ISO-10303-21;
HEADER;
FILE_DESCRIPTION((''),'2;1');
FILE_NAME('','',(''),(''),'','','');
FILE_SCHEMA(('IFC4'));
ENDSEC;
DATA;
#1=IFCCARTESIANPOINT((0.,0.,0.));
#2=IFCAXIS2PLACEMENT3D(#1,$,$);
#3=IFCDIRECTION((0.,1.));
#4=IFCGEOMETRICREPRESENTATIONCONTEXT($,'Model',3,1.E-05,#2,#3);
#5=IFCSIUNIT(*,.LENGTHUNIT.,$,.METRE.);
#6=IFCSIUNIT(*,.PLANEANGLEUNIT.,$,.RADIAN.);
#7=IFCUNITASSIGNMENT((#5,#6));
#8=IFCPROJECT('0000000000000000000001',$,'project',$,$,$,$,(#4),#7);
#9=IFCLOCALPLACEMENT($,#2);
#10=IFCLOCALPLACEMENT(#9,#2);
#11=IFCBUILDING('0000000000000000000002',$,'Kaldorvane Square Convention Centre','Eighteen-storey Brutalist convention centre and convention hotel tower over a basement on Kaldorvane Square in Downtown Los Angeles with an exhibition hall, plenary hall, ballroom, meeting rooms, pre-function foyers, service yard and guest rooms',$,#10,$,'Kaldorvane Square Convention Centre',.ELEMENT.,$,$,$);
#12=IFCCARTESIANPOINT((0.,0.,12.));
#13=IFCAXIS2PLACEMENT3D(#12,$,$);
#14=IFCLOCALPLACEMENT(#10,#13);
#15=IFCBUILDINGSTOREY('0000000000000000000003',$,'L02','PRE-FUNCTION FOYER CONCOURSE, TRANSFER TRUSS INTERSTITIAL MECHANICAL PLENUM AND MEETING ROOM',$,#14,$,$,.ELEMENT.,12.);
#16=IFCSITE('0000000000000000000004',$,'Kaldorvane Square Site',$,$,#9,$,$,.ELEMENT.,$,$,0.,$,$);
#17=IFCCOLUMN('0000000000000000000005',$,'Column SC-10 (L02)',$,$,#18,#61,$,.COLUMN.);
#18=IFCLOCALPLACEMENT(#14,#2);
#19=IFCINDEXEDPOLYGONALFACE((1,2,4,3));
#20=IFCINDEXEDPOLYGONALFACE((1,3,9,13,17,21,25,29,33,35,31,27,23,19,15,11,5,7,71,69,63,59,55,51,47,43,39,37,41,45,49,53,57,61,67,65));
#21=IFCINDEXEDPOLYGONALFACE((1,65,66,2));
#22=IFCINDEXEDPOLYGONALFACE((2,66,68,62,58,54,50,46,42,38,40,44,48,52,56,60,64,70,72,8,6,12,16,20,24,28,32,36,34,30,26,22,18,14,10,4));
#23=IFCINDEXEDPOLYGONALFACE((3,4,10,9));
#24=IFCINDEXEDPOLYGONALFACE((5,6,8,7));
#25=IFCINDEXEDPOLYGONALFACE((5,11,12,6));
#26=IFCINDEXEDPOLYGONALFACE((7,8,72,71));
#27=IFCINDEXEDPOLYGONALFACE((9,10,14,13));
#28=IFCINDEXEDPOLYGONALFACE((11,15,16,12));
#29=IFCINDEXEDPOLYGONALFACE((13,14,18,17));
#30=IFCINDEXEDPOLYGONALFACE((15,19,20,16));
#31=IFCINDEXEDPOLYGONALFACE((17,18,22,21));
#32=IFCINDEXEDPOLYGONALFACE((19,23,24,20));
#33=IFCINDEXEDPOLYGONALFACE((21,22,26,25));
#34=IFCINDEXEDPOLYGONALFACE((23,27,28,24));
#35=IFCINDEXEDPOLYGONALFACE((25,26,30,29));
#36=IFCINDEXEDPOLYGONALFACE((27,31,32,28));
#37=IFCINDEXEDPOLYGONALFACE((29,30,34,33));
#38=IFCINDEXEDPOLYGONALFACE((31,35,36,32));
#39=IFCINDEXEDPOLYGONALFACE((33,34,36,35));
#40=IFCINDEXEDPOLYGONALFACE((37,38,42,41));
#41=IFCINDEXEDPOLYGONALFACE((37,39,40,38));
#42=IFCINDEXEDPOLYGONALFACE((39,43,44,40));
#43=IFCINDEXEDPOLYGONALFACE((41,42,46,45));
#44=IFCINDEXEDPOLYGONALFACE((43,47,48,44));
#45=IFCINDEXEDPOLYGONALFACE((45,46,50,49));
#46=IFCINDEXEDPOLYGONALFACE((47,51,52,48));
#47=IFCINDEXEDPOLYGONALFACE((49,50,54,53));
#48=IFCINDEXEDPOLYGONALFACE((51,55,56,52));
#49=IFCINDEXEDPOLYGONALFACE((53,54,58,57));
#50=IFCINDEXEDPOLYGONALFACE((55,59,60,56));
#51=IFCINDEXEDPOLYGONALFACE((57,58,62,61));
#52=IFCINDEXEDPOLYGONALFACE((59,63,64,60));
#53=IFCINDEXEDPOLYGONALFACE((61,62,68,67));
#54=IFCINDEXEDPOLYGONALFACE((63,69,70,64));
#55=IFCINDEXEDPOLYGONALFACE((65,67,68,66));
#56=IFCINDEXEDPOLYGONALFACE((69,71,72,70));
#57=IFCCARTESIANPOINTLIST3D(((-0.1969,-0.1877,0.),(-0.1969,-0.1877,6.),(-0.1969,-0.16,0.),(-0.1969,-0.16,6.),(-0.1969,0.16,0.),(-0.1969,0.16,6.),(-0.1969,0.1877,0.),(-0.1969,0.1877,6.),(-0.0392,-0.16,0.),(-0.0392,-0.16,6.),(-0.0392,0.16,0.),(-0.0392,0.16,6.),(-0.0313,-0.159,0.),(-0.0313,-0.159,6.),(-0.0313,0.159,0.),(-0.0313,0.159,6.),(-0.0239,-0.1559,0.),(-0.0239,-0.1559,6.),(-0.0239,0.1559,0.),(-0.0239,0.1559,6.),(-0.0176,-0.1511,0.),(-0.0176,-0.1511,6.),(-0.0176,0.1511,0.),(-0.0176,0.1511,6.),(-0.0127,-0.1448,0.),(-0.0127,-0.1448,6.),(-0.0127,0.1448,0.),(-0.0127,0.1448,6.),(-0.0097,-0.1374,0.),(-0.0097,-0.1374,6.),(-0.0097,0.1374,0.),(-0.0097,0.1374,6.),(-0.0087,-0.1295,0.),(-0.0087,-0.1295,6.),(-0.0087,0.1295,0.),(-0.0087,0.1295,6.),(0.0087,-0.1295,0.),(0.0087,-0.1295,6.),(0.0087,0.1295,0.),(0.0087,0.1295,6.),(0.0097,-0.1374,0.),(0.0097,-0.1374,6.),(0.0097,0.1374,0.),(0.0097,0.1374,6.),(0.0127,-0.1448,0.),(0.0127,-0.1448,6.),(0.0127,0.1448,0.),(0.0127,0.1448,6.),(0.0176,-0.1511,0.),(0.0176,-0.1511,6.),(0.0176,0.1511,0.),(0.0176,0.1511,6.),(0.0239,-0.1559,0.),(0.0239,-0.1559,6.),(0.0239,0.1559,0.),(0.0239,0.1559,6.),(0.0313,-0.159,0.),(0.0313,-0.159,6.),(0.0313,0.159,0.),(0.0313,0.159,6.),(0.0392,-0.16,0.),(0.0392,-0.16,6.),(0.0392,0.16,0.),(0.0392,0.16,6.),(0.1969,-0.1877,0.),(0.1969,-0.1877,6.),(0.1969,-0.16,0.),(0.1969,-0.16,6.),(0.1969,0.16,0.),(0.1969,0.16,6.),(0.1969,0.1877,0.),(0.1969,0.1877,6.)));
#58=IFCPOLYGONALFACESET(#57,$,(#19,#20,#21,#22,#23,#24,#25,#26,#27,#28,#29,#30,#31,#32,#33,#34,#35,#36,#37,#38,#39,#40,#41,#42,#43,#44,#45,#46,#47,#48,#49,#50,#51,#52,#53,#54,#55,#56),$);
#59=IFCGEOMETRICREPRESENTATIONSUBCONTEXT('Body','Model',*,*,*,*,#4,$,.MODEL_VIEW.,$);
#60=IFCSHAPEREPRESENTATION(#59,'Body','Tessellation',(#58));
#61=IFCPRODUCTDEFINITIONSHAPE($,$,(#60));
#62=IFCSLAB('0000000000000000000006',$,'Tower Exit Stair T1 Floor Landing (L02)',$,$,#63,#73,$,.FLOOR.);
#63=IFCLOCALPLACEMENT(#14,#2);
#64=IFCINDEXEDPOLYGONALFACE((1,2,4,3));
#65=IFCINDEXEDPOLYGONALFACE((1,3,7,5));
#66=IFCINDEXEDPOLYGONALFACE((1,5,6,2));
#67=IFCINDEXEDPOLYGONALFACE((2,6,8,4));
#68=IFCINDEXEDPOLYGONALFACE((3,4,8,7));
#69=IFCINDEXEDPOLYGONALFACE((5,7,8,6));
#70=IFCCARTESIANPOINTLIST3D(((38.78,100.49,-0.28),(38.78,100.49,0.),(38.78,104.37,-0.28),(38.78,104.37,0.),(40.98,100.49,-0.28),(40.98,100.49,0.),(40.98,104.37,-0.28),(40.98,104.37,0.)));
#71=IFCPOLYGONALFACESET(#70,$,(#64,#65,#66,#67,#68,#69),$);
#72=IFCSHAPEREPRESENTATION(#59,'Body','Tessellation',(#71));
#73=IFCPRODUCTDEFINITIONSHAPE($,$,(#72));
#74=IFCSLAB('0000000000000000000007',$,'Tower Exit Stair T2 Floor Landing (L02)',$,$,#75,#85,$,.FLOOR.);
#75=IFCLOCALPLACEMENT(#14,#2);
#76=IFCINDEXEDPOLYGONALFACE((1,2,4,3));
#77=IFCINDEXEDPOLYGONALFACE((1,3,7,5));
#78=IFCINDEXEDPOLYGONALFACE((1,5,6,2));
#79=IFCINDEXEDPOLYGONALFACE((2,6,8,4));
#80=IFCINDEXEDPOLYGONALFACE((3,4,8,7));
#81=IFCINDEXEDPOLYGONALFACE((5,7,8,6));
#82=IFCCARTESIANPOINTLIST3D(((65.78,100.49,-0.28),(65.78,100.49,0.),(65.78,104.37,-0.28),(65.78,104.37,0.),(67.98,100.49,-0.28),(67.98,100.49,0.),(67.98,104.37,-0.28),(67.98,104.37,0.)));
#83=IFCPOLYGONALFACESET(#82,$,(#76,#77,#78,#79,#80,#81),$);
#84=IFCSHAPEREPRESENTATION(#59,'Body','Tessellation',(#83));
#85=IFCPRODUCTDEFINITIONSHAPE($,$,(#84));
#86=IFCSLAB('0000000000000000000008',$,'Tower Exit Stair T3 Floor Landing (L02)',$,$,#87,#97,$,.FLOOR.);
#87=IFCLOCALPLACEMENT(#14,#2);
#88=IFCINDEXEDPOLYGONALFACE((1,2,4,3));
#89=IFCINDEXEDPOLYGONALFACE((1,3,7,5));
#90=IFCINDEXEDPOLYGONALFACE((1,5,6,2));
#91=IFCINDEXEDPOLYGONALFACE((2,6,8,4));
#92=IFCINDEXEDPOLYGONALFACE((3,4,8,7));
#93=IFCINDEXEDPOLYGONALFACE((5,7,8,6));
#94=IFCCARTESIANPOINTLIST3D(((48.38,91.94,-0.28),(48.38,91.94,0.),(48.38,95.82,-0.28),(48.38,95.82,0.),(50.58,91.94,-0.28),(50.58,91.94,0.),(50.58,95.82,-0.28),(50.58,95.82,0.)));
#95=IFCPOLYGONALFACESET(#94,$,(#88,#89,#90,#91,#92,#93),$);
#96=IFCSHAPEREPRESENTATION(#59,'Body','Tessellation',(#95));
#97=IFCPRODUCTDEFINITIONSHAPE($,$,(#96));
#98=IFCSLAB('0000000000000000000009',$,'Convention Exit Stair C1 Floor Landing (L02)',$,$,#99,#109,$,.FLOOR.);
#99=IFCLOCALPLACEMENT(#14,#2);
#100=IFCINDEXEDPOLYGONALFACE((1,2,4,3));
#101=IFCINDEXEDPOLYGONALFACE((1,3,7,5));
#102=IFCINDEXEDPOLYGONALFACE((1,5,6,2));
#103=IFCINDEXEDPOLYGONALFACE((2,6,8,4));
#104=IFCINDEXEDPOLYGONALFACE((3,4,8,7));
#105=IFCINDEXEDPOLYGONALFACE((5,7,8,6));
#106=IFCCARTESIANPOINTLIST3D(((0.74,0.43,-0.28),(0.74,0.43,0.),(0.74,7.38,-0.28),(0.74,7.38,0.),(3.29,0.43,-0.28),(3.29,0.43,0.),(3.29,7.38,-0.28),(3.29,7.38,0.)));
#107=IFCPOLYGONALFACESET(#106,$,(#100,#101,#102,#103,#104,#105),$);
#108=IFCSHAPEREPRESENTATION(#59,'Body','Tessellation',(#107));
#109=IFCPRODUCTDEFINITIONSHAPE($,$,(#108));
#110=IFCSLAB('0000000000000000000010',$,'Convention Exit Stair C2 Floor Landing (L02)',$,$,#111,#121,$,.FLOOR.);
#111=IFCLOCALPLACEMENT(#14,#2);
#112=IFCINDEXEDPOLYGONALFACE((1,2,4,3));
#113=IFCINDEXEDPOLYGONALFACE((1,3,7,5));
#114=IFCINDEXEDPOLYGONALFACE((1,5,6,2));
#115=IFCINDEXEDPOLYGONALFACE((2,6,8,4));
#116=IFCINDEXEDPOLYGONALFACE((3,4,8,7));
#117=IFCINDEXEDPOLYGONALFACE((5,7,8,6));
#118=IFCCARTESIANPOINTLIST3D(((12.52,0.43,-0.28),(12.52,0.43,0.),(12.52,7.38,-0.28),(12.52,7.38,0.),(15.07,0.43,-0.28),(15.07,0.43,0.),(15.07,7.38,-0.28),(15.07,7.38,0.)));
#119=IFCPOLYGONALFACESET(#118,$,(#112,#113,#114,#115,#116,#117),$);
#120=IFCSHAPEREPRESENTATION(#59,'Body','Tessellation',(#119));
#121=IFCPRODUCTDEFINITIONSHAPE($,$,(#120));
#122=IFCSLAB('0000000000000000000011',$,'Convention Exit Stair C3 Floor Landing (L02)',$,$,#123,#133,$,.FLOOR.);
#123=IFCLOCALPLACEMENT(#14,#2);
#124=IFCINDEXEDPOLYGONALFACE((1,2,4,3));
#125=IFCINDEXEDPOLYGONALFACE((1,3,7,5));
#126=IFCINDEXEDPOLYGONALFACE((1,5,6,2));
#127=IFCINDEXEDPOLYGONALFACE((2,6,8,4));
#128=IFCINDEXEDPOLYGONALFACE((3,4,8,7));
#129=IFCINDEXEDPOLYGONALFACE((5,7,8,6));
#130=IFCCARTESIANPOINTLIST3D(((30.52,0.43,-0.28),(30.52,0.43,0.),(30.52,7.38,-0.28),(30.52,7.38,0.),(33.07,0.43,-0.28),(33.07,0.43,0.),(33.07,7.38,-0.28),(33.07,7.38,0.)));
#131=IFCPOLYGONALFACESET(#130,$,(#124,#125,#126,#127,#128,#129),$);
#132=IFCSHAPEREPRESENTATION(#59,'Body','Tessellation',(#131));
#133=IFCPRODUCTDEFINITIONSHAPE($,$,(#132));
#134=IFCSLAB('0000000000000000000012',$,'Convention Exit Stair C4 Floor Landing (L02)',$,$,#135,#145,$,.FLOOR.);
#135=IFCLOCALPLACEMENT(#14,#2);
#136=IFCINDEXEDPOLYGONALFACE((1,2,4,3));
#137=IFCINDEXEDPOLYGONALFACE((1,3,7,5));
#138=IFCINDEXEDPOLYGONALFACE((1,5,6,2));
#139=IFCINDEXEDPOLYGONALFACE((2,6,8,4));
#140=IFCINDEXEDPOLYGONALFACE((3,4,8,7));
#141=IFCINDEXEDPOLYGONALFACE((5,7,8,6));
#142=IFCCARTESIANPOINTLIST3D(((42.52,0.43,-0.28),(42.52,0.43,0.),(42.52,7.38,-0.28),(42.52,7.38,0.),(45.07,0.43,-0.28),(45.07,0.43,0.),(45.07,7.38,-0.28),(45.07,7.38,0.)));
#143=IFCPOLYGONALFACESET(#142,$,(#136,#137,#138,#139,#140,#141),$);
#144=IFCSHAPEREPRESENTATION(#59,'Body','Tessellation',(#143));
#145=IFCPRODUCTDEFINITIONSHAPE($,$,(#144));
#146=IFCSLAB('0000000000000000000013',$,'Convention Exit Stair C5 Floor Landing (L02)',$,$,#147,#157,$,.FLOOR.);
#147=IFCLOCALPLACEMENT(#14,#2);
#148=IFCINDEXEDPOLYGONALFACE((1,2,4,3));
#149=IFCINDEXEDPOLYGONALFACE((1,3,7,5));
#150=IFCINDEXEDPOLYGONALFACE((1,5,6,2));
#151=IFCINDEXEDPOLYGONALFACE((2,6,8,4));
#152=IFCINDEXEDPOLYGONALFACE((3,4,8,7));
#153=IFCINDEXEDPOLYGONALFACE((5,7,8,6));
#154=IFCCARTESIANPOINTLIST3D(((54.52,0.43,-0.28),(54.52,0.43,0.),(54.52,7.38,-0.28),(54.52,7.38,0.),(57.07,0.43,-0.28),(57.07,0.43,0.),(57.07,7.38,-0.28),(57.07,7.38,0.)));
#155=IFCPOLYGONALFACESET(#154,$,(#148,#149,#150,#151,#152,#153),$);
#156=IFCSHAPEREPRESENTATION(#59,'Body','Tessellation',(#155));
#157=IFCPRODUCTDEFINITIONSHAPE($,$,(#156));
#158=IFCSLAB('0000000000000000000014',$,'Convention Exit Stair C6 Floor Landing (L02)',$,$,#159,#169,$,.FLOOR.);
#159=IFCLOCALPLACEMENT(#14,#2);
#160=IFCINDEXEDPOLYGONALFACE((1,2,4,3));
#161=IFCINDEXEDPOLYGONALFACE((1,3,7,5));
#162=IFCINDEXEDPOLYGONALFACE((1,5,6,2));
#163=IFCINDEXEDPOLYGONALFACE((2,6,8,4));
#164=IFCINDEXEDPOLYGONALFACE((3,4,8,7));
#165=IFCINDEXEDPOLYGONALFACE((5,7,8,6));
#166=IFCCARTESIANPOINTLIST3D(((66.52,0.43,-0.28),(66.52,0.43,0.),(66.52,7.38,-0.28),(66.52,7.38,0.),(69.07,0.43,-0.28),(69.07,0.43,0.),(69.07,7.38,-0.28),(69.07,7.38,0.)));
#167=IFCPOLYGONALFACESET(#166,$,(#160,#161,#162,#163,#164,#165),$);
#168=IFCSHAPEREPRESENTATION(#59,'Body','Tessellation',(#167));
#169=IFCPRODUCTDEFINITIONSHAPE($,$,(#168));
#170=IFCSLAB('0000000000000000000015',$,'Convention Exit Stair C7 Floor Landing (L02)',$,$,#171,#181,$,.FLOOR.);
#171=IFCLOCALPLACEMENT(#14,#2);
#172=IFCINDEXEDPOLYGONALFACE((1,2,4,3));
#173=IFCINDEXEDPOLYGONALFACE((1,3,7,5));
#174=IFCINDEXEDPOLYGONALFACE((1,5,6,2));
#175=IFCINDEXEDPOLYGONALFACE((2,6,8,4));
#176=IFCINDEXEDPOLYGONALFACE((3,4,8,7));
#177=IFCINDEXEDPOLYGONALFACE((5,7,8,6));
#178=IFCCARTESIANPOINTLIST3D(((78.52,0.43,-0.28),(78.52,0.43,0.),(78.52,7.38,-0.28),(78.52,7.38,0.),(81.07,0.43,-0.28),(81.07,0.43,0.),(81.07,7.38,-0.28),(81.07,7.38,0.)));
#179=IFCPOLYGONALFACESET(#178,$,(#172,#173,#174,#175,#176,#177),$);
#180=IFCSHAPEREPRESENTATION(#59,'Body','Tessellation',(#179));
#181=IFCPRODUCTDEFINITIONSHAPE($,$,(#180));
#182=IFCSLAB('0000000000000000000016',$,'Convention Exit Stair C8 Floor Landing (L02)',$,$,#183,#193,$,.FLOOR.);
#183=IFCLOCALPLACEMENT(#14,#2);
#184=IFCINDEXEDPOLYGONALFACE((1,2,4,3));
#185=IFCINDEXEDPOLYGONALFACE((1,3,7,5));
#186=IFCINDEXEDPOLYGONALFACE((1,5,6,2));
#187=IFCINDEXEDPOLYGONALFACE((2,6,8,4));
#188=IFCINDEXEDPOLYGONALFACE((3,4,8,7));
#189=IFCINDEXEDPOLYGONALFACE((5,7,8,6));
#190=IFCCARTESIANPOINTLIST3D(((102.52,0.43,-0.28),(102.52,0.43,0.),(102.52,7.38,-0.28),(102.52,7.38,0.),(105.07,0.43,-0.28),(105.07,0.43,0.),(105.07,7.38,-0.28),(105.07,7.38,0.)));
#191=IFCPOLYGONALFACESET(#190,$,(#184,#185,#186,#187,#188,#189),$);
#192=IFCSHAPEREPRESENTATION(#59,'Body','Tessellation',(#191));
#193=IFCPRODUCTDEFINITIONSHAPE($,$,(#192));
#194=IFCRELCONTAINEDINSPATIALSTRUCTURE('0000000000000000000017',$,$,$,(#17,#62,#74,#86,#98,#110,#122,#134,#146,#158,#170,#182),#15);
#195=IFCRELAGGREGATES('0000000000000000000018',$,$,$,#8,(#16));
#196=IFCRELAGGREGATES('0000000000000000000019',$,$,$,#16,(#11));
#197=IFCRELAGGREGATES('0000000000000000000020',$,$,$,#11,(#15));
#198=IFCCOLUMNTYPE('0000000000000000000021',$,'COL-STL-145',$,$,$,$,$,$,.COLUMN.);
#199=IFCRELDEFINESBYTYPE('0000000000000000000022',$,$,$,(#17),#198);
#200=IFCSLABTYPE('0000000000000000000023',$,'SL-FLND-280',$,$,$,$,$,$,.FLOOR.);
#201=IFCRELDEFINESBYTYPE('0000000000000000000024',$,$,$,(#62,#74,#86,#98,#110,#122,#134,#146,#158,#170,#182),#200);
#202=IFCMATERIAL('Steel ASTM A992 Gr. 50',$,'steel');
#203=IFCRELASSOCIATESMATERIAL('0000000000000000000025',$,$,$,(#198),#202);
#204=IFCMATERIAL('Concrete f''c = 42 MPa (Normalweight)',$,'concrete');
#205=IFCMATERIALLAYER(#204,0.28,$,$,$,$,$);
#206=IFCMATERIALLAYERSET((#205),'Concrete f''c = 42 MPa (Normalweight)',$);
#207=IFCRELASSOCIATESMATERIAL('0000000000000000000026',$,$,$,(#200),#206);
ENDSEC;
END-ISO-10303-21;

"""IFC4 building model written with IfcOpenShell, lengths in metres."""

from ifc_helpers import new_model, si_unit, direction, frame, origin, origin_with_axes, origin_2d, place, context, subcontext, project, spatial, polyline, i_section, outline, extrude, material, layer, layer_set, material_profile, profile_set, type_object, element, save


model = new_model("IFC4")

# Units and contexts
model_context = context("Model", 3, precision=1e-05, world=origin(), true_north=direction((0.0, 1.0)))
body_context = subcontext(model_context, "Body", "Model", "MODEL_VIEW")
ifc_project = project(units=[si_unit("LENGTHUNIT", "METRE"), si_unit("PLANEANGLEUNIT", "RADIAN")], contexts=[model_context])

# Site, building, storey
site_placement = place(None, origin())
site = spatial("IfcSite", under=ifc_project, at=site_placement, Name="Kaldorvane Square Site", CompositionType="ELEMENT", RefElevation=0.0)
building_placement = place(site_placement, origin())
building = spatial("IfcBuilding", under=site, at=building_placement, Name="Kaldorvane Square Convention Centre", Description="Eighteen-storey Brutalist convention centre and convention hotel tower over a basement on Kaldorvane Square in Downtown Los Angeles with an exhibition hall, plenary hall, ballroom, meeting rooms, pre-function foyers, service yard and guest rooms", LongName="Kaldorvane Square Convention Centre", CompositionType="ELEMENT")
storey_placement = place(building_placement, frame((0.0, 0.0, 12.0)))
storey = spatial("IfcBuildingStorey", under=building, at=storey_placement, Name="L02", Description="PRE-FUNCTION FOYER CONCOURSE, TRANSFER TRUSS INTERSTITIAL MECHANICAL PLENUM AND MEETING ROOM", CompositionType="ELEMENT", Elevation=12.0)

# Column
ifc_material_1 = material(Name="Steel ASTM A992 Gr. 50", Category="steel")
ifc_material_profile = material_profile(ifc_material_1, i_section(OverallWidth=0.3937, OverallDepth=0.3754, WebThickness=0.0173, FlangeThickness=0.0277, FilletRadius=0.0305, at=origin_2d()), Name="W14X145")
ifc_profile_set = profile_set([ifc_material_profile], Name="Steel ASTM A992 Gr. 50")
column_type = type_object("IfcColumnType", Name="COL-STL-145", PredefinedType="COLUMN", material=ifc_profile_set)
column_placement = place(storey_placement, origin_with_axes())
element("IfcColumn", 1, at=column_placement, inside=storey, type_object=column_type, Name="Column SC-10 (L02)", PredefinedType="COLUMN", context=body_context, shape_type="SweptSolid", body=[
    extrude(i_section(OverallWidth=0.3937, OverallDepth=0.3754, WebThickness=0.0173, FlangeThickness=0.0277, FilletRadius=0.0305, at=origin_2d()), origin(), (0.0, 0.0, 1.0), 6.0),
])

# Slabs
ifc_material_2 = material(Name="Concrete f'c = 42 MPa (Normalweight)", Category="concrete")
ifc_layer_1 = layer(ifc_material_2, 0.28)
ifc_layer_set_1 = layer_set([ifc_layer_1], Name="Concrete f'c = 42 MPa (Normalweight)")
slab_type_1 = type_object("IfcSlabType", Name="SL-FLND-280", PredefinedType="FLOOR", material=ifc_layer_set_1)
slab_1_placement = place(storey_placement, frame((0.0, 0.0, -0.28)))
element("IfcSlab", 2, at=slab_1_placement, inside=storey, type_object=slab_type_1, Name="Tower Exit Stair T1 Floor Landing (L02)", PredefinedType="FLOOR", context=body_context, shape_type="SweptSolid", body=[
    extrude(outline(polyline([(38.78, 100.49), (40.98, 100.49), (40.98, 104.37), (38.78, 104.37), (38.78, 100.49)])), origin(), (0.0, 0.0, 1.0), 0.28),
])
slab_2_placement = place(storey_placement, frame((0.0, 0.0, -0.28)))
element("IfcSlab", 3, at=slab_2_placement, inside=storey, type_object=slab_type_1, Name="Tower Exit Stair T2 Floor Landing (L02)", PredefinedType="FLOOR", context=body_context, shape_type="SweptSolid", body=[
    extrude(outline(polyline([(65.78, 100.49), (67.98, 100.49), (67.98, 104.37), (65.78, 104.37), (65.78, 100.49)])), origin(), (0.0, 0.0, 1.0), 0.28),
])
slab_3_placement = place(storey_placement, frame((0.0, 0.0, -0.28)))
element("IfcSlab", 4, at=slab_3_placement, inside=storey, type_object=slab_type_1, Name="Tower Exit Stair T3 Floor Landing (L02)", PredefinedType="FLOOR", context=body_context, shape_type="SweptSolid", body=[
    extrude(outline(polyline([(48.38, 91.94), (50.58, 91.94), (50.58, 95.82), (48.38, 95.82), (48.38, 91.94)])), origin(), (0.0, 0.0, 1.0), 0.28),
])
slab_4_placement = place(storey_placement, frame((0.0, 0.0, -0.28)))
element("IfcSlab", 5, at=slab_4_placement, inside=storey, type_object=slab_type_1, Name="Convention Exit Stair C1 Floor Landing (L02)", PredefinedType="FLOOR", context=body_context, shape_type="SweptSolid", body=[
    extrude(outline(polyline([(0.74, 0.43), (3.29, 0.43), (3.29, 7.38), (0.74, 7.38), (0.74, 0.43)])), origin(), (0.0, 0.0, 1.0), 0.28),
])
slab_5_placement = place(storey_placement, frame((0.0, 0.0, -0.28)))
element("IfcSlab", 6, at=slab_5_placement, inside=storey, type_object=slab_type_1, Name="Convention Exit Stair C2 Floor Landing (L02)", PredefinedType="FLOOR", context=body_context, shape_type="SweptSolid", body=[
    extrude(outline(polyline([(12.52, 0.43), (15.07, 0.43), (15.07, 7.38), (12.52, 7.38), (12.52, 0.43)])), origin(), (0.0, 0.0, 1.0), 0.28),
])
slab_6_placement = place(storey_placement, frame((0.0, 0.0, -0.28)))
element("IfcSlab", 7, at=slab_6_placement, inside=storey, type_object=slab_type_1, Name="Convention Exit Stair C3 Floor Landing (L02)", PredefinedType="FLOOR", context=body_context, shape_type="SweptSolid", body=[
    extrude(outline(polyline([(30.52, 0.43), (33.07, 0.43), (33.07, 7.38), (30.52, 7.38), (30.52, 0.43)])), origin(), (0.0, 0.0, 1.0), 0.28),
])
slab_7_placement = place(storey_placement, frame((0.0, 0.0, -0.28)))
element("IfcSlab", 8, at=slab_7_placement, inside=storey, type_object=slab_type_1, Name="Convention Exit Stair C4 Floor Landing (L02)", PredefinedType="FLOOR", context=body_context, shape_type="SweptSolid", body=[
    extrude(outline(polyline([(42.52, 0.43), (45.07, 0.43), (45.07, 7.38), (42.52, 7.38), (42.52, 0.43)])), origin(), (0.0, 0.0, 1.0), 0.28),
])
slab_8_placement = place(storey_placement, frame((0.0, 0.0, -0.28)))
element("IfcSlab", 9, at=slab_8_placement, inside=storey, type_object=slab_type_1, Name="Convention Exit Stair C5 Floor Landing (L02)", PredefinedType="FLOOR", context=body_context, shape_type="SweptSolid", body=[
    extrude(outline(polyline([(54.52, 0.43), (57.07, 0.43), (57.07, 7.38), (54.52, 7.38), (54.52, 0.43)])), origin(), (0.0, 0.0, 1.0), 0.28),
])
slab_9_placement = place(storey_placement, frame((0.0, 0.0, -0.28)))
element("IfcSlab", 10, at=slab_9_placement, inside=storey, type_object=slab_type_1, Name="Convention Exit Stair C6 Floor Landing (L02)", PredefinedType="FLOOR", context=body_context, shape_type="SweptSolid", body=[
    extrude(outline(polyline([(66.52, 0.43), (69.07, 0.43), (69.07, 7.38), (66.52, 7.38), (66.52, 0.43)])), origin(), (0.0, 0.0, 1.0), 0.28),
])
slab_10_placement = place(storey_placement, frame((0.0, 0.0, -0.28)))
element("IfcSlab", 11, at=slab_10_placement, inside=storey, type_object=slab_type_1, Name="Convention Exit Stair C7 Floor Landing (L02)", PredefinedType="FLOOR", context=body_context, shape_type="SweptSolid", body=[
    extrude(outline(polyline([(78.52, 0.43), (81.07, 0.43), (81.07, 7.38), (78.52, 7.38), (78.52, 0.43)])), origin(), (0.0, 0.0, 1.0), 0.28),
])
slab_11_placement = place(storey_placement, frame((0.0, 0.0, -0.28)))
element("IfcSlab", 12, at=slab_11_placement, inside=storey, type_object=slab_type_1, Name="Convention Exit Stair C8 Floor Landing (L02)", PredefinedType="FLOOR", context=body_context, shape_type="SweptSolid", body=[
    extrude(outline(polyline([(102.52, 0.43), (105.07, 0.43), (105.07, 7.38), (102.52, 7.38), (102.52, 0.43)])), origin(), (0.0, 0.0, 1.0), 0.28),
])

save(model, "model.ifc")
